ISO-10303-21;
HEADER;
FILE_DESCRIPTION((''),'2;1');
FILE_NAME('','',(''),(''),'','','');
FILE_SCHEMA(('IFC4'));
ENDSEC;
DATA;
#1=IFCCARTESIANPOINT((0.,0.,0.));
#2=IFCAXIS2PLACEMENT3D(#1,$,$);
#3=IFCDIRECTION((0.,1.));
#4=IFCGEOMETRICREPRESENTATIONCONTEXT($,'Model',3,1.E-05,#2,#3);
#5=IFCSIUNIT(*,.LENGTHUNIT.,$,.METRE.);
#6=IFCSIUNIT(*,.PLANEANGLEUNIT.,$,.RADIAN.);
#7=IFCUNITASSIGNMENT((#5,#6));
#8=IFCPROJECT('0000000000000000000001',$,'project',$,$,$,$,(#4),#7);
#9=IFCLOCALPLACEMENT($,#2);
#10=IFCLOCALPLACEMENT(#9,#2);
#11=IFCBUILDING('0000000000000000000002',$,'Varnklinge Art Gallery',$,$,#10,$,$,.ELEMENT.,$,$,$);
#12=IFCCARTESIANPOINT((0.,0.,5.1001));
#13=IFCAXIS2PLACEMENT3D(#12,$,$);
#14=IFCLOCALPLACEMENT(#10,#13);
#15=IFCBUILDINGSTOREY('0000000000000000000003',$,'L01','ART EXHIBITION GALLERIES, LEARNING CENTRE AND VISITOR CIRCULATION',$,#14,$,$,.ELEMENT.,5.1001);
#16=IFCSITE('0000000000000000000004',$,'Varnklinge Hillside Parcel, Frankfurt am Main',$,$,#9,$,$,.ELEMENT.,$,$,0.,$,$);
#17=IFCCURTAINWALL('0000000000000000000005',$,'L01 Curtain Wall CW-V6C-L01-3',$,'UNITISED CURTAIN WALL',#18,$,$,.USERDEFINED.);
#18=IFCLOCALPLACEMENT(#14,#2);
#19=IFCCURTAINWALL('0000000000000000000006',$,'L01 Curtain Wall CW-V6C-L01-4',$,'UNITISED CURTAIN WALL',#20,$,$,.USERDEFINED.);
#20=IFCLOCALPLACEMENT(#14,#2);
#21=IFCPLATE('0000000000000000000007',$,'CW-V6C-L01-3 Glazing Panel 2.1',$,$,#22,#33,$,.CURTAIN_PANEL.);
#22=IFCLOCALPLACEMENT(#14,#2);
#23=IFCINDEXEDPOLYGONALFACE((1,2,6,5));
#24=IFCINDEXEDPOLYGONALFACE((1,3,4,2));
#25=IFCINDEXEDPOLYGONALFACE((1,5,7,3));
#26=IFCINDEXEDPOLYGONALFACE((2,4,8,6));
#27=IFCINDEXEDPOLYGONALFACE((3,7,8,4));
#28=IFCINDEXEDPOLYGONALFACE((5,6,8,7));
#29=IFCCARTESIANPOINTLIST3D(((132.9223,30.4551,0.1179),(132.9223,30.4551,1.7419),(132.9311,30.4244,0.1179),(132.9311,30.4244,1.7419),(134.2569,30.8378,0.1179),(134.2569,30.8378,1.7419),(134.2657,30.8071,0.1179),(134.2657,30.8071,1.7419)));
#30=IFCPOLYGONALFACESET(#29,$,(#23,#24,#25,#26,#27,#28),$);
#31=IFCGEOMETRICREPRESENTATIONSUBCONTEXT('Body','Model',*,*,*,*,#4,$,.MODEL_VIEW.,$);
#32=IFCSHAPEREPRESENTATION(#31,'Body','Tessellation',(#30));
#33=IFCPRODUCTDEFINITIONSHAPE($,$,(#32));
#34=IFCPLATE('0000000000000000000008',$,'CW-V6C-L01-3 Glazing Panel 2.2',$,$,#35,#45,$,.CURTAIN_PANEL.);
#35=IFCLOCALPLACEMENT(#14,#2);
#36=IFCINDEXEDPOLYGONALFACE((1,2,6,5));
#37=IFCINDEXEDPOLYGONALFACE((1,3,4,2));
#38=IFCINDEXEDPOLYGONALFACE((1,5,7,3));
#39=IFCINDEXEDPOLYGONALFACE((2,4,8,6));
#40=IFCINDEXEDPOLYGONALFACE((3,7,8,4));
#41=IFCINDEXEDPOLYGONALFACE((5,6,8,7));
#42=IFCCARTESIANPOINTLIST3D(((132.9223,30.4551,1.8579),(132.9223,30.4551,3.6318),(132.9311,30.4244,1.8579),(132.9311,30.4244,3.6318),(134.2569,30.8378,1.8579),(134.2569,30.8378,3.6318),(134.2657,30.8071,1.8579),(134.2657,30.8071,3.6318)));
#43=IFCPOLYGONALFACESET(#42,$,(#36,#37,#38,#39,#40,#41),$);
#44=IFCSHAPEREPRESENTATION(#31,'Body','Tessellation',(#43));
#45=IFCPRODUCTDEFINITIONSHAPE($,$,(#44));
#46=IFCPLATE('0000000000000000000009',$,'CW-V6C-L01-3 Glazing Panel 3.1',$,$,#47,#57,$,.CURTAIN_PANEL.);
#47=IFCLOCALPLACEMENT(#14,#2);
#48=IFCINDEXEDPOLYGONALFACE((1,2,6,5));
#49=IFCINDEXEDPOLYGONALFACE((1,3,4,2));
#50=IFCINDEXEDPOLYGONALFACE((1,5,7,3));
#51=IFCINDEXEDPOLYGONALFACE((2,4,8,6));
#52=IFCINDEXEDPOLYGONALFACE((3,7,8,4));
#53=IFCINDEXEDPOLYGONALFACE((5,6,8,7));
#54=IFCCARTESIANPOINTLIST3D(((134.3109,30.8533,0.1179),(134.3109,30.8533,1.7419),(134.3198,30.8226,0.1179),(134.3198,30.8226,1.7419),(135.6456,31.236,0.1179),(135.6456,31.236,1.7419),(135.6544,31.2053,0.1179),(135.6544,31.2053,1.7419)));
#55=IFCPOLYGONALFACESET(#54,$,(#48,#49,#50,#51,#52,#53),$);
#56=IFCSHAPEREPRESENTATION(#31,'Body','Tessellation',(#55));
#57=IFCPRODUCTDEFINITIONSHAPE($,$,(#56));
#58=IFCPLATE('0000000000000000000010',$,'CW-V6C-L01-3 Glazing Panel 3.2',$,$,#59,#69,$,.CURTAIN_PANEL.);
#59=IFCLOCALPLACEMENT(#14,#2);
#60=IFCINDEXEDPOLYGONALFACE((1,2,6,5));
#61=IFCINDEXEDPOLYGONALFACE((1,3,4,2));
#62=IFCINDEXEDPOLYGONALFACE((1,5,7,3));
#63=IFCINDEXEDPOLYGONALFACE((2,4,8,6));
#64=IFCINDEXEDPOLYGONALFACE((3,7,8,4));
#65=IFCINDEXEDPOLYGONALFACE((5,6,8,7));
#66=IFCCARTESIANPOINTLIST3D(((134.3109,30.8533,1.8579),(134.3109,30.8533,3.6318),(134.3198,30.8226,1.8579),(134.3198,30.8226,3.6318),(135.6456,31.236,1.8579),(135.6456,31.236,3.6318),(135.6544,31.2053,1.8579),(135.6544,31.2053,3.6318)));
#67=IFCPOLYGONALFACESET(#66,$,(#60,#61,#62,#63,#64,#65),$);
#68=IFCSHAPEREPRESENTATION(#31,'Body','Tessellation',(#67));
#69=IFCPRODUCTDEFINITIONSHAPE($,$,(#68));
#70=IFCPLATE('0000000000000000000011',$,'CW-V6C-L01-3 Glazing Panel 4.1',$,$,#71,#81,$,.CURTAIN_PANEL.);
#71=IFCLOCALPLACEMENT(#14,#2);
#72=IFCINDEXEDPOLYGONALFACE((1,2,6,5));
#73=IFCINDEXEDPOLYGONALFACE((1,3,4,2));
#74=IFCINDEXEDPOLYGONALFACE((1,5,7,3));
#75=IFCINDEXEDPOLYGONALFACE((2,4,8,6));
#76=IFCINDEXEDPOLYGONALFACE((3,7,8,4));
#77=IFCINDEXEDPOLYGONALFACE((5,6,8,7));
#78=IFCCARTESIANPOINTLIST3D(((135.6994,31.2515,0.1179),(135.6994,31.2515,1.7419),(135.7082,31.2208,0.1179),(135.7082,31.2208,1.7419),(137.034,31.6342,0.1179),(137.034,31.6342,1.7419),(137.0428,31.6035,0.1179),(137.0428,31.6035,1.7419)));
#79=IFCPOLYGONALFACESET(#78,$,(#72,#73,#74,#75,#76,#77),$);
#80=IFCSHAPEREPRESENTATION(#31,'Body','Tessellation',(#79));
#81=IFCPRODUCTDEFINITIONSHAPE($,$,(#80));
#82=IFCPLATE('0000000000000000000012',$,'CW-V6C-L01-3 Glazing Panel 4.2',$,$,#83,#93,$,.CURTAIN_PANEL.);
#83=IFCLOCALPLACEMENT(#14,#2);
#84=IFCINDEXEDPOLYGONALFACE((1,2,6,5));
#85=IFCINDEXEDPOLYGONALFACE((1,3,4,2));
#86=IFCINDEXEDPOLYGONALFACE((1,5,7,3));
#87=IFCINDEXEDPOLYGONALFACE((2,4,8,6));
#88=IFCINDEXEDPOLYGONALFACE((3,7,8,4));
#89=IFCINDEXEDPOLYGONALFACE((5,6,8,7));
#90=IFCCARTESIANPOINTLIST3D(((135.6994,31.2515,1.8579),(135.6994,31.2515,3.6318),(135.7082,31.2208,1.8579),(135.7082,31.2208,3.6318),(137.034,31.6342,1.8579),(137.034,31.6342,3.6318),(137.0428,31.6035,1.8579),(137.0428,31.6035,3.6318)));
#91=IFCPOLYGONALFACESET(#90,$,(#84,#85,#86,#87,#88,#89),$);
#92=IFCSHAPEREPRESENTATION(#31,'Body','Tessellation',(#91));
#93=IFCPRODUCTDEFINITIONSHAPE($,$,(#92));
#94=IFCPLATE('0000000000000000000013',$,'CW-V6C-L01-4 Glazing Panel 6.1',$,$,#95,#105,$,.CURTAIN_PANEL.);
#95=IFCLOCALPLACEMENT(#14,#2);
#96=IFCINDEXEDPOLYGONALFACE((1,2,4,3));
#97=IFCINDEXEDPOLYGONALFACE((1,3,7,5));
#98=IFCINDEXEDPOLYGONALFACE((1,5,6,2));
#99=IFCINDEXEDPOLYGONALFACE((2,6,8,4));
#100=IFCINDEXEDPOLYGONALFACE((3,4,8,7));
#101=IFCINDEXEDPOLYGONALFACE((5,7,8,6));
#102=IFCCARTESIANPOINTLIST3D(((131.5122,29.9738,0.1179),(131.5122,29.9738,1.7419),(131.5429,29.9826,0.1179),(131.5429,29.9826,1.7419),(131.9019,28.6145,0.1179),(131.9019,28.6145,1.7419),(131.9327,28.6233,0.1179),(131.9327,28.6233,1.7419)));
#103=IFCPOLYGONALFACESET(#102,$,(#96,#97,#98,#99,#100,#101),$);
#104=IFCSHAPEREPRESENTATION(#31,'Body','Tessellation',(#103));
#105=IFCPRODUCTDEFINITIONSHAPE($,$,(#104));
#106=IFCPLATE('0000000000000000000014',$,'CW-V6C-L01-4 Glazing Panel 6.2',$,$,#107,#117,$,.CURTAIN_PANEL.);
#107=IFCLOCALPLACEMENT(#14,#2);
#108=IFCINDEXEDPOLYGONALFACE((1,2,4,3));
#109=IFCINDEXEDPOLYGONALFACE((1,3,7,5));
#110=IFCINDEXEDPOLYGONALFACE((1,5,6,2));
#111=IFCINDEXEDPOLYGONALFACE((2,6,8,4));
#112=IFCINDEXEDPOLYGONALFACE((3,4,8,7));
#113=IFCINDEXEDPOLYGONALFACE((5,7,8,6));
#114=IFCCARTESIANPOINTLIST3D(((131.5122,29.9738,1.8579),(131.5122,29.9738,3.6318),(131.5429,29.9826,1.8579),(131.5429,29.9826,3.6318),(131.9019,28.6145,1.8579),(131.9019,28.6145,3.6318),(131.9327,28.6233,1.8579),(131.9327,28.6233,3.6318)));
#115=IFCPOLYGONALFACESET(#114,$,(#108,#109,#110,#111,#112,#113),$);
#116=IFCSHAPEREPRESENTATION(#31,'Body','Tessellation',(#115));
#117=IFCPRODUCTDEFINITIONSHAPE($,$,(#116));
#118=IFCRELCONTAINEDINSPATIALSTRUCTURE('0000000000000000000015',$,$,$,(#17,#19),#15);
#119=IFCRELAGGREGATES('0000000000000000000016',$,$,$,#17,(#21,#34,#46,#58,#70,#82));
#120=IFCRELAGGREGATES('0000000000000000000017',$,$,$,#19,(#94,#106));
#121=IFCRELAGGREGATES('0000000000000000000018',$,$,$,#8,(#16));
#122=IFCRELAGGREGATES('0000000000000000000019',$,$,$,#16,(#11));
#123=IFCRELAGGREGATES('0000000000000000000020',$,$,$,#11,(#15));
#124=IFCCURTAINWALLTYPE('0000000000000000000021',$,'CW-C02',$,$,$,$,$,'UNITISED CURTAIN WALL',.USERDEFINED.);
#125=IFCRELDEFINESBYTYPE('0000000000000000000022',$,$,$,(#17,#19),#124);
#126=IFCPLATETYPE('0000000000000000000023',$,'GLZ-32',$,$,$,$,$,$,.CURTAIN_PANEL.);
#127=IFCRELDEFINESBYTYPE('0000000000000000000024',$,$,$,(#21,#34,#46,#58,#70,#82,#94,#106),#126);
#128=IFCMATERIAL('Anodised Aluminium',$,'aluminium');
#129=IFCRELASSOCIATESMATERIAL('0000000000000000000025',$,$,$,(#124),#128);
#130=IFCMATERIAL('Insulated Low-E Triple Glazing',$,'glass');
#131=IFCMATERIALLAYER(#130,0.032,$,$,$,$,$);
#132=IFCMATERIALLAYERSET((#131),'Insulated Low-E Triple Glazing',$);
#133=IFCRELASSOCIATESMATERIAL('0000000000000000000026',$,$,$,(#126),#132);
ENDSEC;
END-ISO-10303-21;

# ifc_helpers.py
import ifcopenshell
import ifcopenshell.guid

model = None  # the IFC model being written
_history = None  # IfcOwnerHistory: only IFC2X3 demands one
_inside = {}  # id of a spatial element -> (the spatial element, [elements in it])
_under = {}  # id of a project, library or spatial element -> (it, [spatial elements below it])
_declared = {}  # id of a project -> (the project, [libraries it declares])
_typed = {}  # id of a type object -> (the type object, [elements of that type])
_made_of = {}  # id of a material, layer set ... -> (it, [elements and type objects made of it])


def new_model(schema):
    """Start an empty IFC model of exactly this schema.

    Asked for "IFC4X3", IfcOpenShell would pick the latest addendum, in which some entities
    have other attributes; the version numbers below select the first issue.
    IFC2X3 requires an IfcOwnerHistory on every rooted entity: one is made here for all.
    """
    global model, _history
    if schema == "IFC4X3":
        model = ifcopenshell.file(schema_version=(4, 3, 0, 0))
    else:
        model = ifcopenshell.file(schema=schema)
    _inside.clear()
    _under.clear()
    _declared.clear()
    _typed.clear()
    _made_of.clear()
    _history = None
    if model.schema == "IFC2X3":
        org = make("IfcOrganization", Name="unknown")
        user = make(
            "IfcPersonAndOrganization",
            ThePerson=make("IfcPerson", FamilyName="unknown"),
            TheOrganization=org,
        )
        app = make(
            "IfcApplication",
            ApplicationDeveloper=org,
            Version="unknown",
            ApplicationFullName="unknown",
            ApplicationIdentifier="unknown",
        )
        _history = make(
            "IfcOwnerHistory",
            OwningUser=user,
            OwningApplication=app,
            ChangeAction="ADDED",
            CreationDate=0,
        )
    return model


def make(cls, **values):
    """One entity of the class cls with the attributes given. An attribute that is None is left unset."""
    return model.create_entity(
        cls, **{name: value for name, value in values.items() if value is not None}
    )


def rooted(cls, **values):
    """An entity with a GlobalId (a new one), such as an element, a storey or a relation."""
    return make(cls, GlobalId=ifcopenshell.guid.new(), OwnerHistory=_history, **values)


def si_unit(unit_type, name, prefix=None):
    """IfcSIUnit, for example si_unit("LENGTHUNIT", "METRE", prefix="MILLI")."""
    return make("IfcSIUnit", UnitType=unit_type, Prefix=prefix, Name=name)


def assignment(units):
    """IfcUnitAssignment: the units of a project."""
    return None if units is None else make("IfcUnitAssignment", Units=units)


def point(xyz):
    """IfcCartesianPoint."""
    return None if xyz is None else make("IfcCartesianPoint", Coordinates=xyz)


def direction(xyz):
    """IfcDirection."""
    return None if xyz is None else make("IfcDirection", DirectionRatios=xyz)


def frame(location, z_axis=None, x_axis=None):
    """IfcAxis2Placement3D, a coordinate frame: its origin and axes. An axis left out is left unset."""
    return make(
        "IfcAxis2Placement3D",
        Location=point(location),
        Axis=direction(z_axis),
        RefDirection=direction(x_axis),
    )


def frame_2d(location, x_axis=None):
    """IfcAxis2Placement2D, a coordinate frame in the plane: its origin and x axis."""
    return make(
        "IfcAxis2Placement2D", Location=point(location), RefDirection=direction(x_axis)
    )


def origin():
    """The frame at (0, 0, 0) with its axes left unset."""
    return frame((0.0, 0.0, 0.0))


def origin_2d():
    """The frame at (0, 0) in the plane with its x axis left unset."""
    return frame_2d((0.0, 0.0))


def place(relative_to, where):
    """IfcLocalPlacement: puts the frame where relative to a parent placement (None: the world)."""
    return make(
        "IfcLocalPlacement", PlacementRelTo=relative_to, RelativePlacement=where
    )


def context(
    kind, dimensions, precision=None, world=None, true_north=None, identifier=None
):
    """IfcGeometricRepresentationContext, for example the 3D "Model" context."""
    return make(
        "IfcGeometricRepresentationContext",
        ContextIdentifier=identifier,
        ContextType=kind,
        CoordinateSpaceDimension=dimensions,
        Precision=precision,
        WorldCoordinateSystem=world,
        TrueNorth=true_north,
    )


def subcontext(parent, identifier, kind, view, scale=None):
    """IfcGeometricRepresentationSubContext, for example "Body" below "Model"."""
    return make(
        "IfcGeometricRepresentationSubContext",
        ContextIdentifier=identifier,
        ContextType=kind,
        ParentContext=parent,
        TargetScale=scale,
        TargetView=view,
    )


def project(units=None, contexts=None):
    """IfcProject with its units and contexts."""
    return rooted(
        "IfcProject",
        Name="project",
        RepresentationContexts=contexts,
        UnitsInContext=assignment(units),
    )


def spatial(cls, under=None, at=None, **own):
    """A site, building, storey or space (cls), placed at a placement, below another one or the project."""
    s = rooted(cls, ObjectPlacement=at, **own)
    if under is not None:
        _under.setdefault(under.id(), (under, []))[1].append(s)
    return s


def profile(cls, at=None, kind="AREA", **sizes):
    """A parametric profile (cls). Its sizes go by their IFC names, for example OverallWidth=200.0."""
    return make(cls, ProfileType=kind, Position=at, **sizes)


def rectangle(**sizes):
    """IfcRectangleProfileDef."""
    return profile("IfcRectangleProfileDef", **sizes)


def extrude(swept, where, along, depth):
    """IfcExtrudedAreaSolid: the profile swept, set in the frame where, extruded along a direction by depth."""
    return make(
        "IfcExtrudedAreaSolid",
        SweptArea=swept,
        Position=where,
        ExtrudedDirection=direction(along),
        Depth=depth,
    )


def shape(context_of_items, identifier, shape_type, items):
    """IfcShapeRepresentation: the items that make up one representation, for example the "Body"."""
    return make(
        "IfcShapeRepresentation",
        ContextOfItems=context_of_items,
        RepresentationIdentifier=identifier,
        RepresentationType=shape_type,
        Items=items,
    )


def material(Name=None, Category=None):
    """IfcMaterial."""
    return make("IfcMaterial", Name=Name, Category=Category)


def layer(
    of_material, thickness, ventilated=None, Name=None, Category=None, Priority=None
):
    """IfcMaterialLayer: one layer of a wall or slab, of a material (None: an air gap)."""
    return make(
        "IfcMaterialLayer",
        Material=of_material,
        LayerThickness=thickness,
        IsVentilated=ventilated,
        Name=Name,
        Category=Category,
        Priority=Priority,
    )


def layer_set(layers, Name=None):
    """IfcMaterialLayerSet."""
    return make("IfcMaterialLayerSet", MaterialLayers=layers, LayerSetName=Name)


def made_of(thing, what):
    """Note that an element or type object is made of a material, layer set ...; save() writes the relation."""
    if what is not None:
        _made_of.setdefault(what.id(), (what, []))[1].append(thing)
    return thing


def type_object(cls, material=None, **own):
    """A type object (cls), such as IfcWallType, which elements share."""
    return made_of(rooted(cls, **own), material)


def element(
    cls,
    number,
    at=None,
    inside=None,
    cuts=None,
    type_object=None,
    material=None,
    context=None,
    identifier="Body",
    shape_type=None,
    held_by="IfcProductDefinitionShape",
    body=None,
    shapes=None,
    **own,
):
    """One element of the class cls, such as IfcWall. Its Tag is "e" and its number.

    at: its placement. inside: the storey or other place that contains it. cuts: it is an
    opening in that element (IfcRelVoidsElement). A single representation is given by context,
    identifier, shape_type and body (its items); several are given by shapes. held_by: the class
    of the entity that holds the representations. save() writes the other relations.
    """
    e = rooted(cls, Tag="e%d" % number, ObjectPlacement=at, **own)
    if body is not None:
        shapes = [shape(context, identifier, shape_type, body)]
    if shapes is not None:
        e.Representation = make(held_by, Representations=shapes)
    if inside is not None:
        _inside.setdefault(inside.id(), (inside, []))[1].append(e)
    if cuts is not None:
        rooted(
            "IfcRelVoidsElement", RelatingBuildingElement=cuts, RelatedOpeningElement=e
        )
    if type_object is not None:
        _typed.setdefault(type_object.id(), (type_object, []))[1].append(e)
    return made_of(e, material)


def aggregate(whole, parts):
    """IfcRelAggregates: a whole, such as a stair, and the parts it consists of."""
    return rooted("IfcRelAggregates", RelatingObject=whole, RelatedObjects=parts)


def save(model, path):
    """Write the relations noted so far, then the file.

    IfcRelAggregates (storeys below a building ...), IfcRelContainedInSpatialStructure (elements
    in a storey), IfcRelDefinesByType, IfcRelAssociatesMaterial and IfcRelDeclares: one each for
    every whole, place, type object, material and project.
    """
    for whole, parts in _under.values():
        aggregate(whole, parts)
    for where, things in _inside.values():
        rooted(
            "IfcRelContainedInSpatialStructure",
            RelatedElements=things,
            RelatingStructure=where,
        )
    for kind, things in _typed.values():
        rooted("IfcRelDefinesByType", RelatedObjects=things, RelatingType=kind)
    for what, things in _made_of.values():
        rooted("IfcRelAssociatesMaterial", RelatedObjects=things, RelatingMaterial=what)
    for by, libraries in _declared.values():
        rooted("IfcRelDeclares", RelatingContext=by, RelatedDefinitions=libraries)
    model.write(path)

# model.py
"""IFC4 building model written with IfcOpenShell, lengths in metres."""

from ifc_helpers import new_model, si_unit, direction, frame, origin, origin_2d, place, context, subcontext, project, spatial, rectangle, extrude, material, layer, layer_set, type_object, element, aggregate, save


model = new_model("IFC4")

# Units and contexts
model_context = context("Model", 3, precision=1e-05, world=origin(), true_north=direction((0.0, 1.0)))
body_context = subcontext(model_context, "Body", "Model", "MODEL_VIEW")
ifc_project = project(units=[si_unit("LENGTHUNIT", "METRE"), si_unit("PLANEANGLEUNIT", "RADIAN")], contexts=[model_context])

# Site, building, storey
site_placement = place(None, origin())
site = spatial("IfcSite", under=ifc_project, at=site_placement, Name="Varnklinge Hillside Parcel, Frankfurt am Main", CompositionType="ELEMENT", RefElevation=0.0)
building_placement = place(site_placement, origin())
building = spatial("IfcBuilding", under=site, at=building_placement, Name="Varnklinge Art Gallery", CompositionType="ELEMENT")
storey_placement = place(building_placement, frame((0.0, 0.0, 5.1001)))
storey = spatial("IfcBuildingStorey", under=building, at=storey_placement, Name="L01", Description="ART EXHIBITION GALLERIES, LEARNING CENTRE AND VISITOR CIRCULATION", CompositionType="ELEMENT", Elevation=5.1001)

# Curtain wall
ifc_material_1 = material(Name="Anodised Aluminium", Category="aluminium")
curtain_wall_type = type_object("IfcCurtainWallType", Name="CW-C02", ElementType="UNITISED CURTAIN WALL", PredefinedType="USERDEFINED", material=ifc_material_1)
curtain_wall_1_placement = place(storey_placement, origin())
curtain_wall_1 = element("IfcCurtainWall", 1, at=curtain_wall_1_placement, inside=storey, type_object=curtain_wall_type, Name="L01 Curtain Wall CW-V6C-L01-3", ObjectType="UNITISED CURTAIN WALL", PredefinedType="USERDEFINED")

# Curtain wall
curtain_wall_2_placement = place(storey_placement, origin())
curtain_wall_2 = element("IfcCurtainWall", 2, at=curtain_wall_2_placement, inside=storey, type_object=curtain_wall_type, Name="L01 Curtain Wall CW-V6C-L01-4", ObjectType="UNITISED CURTAIN WALL", PredefinedType="USERDEFINED")

# Plates
ifc_material_2 = material(Name="Insulated Low-E Triple Glazing", Category="glass")
ifc_layer = layer(ifc_material_2, 0.032)
ifc_layer_set = layer_set([ifc_layer], Name="Insulated Low-E Triple Glazing")
plate_type = type_object("IfcPlateType", Name="GLZ-32", PredefinedType="CURTAIN_PANEL", material=ifc_layer_set)
plate_1_placement = place(storey_placement, frame((133.594, 30.6311, 0.1179), z_axis=(0.0, 0.0, 1.0), x_axis=(0.961262, 0.275637, 0.0)))
plate_1 = element("IfcPlate", 3, at=plate_1_placement, type_object=plate_type, Name="CW-V6C-L01-3 Glazing Panel 2.1", PredefinedType="CURTAIN_PANEL", context=body_context, shape_type="SweptSolid", body=[
    extrude(rectangle(XDim=1.3884, YDim=0.032, at=origin_2d()), origin(), (0.0, 0.0, 1.0), 1.624),
])
plate_2_placement = place(storey_placement, frame((133.594, 30.6311, 1.8579), z_axis=(0.0, 0.0, 1.0), x_axis=(0.961262, 0.275637, 0.0)))
plate_2 = element("IfcPlate", 4, at=plate_2_placement, type_object=plate_type, Name="CW-V6C-L01-3 Glazing Panel 2.2", PredefinedType="CURTAIN_PANEL", context=body_context, shape_type="SweptSolid", body=[
    extrude(rectangle(XDim=1.3884, YDim=0.032, at=origin_2d()), origin(), (0.0, 0.0, 1.0), 1.7739),
])
plate_3_placement = place(storey_placement, frame((134.9827, 31.0293, 0.1179), z_axis=(0.0, 0.0, 1.0), x_axis=(0.961262, 0.275637, 0.0)))
plate_3 = element("IfcPlate", 5, at=plate_3_placement, type_object=plate_type, Name="CW-V6C-L01-3 Glazing Panel 3.1", PredefinedType="CURTAIN_PANEL", context=body_context, shape_type="SweptSolid", body=[
    extrude(rectangle(XDim=1.3884, YDim=0.032, at=origin_2d()), origin(), (0.0, 0.0, 1.0), 1.624),
])
plate_4_placement = place(storey_placement, frame((134.9827, 31.0293, 1.8579), z_axis=(0.0, 0.0, 1.0), x_axis=(0.961262, 0.275637, 0.0)))
plate_4 = element("IfcPlate", 6, at=plate_4_placement, type_object=plate_type, Name="CW-V6C-L01-3 Glazing Panel 3.2", PredefinedType="CURTAIN_PANEL", context=body_context, shape_type="SweptSolid", body=[
    extrude(rectangle(XDim=1.3884, YDim=0.032, at=origin_2d()), origin(), (0.0, 0.0, 1.0), 1.7739),
])
plate_5_placement = place(storey_placement, frame((136.3711, 31.4275, 0.1179), z_axis=(0.0, 0.0, 1.0), x_axis=(0.961262, 0.275637, 0.0)))
plate_5 = element("IfcPlate", 7, at=plate_5_placement, type_object=plate_type, Name="CW-V6C-L01-3 Glazing Panel 4.1", PredefinedType="CURTAIN_PANEL", context=body_context, shape_type="SweptSolid", body=[
    extrude(rectangle(XDim=1.3884, YDim=0.032, at=origin_2d()), origin(), (0.0, 0.0, 1.0), 1.624),
])
plate_6_placement = place(storey_placement, frame((136.3711, 31.4275, 1.8579), z_axis=(0.0, 0.0, 1.0), x_axis=(0.961262, 0.275637, 0.0)))
plate_6 = element("IfcPlate", 8, at=plate_6_placement, type_object=plate_type, Name="CW-V6C-L01-3 Glazing Panel 4.2", PredefinedType="CURTAIN_PANEL", context=body_context, shape_type="SweptSolid", body=[
    extrude(rectangle(XDim=1.3884, YDim=0.032, at=origin_2d()), origin(), (0.0, 0.0, 1.0), 1.7739),
])
aggregate(curtain_wall_1, [plate_1, plate_2, plate_3, plate_4, plate_5, plate_6])
plate_7_placement = place(storey_placement, frame((131.7224, 29.2986, 0.1179), z_axis=(0.0, 0.0, 1.0), x_axis=(-0.275637, 0.961262, 0.0)))
plate_7 = element("IfcPlate", 9, at=plate_7_placement, type_object=plate_type, Name="CW-V6C-L01-4 Glazing Panel 6.1", PredefinedType="CURTAIN_PANEL", context=body_context, shape_type="SweptSolid", body=[
    extrude(rectangle(XDim=1.4141, YDim=0.032, at=origin_2d()), origin(), (0.0, 0.0, 1.0), 1.624),
])
plate_8_placement = place(storey_placement, frame((131.7224, 29.2986, 1.8579), z_axis=(0.0, 0.0, 1.0), x_axis=(-0.275637, 0.961262, 0.0)))
plate_8 = element("IfcPlate", 10, at=plate_8_placement, type_object=plate_type, Name="CW-V6C-L01-4 Glazing Panel 6.2", PredefinedType="CURTAIN_PANEL", context=body_context, shape_type="SweptSolid", body=[
    extrude(rectangle(XDim=1.4141, YDim=0.032, at=origin_2d()), origin(), (0.0, 0.0, 1.0), 1.7739),
])
aggregate(curtain_wall_2, [plate_7, plate_8])

save(model, "model.ifc")
